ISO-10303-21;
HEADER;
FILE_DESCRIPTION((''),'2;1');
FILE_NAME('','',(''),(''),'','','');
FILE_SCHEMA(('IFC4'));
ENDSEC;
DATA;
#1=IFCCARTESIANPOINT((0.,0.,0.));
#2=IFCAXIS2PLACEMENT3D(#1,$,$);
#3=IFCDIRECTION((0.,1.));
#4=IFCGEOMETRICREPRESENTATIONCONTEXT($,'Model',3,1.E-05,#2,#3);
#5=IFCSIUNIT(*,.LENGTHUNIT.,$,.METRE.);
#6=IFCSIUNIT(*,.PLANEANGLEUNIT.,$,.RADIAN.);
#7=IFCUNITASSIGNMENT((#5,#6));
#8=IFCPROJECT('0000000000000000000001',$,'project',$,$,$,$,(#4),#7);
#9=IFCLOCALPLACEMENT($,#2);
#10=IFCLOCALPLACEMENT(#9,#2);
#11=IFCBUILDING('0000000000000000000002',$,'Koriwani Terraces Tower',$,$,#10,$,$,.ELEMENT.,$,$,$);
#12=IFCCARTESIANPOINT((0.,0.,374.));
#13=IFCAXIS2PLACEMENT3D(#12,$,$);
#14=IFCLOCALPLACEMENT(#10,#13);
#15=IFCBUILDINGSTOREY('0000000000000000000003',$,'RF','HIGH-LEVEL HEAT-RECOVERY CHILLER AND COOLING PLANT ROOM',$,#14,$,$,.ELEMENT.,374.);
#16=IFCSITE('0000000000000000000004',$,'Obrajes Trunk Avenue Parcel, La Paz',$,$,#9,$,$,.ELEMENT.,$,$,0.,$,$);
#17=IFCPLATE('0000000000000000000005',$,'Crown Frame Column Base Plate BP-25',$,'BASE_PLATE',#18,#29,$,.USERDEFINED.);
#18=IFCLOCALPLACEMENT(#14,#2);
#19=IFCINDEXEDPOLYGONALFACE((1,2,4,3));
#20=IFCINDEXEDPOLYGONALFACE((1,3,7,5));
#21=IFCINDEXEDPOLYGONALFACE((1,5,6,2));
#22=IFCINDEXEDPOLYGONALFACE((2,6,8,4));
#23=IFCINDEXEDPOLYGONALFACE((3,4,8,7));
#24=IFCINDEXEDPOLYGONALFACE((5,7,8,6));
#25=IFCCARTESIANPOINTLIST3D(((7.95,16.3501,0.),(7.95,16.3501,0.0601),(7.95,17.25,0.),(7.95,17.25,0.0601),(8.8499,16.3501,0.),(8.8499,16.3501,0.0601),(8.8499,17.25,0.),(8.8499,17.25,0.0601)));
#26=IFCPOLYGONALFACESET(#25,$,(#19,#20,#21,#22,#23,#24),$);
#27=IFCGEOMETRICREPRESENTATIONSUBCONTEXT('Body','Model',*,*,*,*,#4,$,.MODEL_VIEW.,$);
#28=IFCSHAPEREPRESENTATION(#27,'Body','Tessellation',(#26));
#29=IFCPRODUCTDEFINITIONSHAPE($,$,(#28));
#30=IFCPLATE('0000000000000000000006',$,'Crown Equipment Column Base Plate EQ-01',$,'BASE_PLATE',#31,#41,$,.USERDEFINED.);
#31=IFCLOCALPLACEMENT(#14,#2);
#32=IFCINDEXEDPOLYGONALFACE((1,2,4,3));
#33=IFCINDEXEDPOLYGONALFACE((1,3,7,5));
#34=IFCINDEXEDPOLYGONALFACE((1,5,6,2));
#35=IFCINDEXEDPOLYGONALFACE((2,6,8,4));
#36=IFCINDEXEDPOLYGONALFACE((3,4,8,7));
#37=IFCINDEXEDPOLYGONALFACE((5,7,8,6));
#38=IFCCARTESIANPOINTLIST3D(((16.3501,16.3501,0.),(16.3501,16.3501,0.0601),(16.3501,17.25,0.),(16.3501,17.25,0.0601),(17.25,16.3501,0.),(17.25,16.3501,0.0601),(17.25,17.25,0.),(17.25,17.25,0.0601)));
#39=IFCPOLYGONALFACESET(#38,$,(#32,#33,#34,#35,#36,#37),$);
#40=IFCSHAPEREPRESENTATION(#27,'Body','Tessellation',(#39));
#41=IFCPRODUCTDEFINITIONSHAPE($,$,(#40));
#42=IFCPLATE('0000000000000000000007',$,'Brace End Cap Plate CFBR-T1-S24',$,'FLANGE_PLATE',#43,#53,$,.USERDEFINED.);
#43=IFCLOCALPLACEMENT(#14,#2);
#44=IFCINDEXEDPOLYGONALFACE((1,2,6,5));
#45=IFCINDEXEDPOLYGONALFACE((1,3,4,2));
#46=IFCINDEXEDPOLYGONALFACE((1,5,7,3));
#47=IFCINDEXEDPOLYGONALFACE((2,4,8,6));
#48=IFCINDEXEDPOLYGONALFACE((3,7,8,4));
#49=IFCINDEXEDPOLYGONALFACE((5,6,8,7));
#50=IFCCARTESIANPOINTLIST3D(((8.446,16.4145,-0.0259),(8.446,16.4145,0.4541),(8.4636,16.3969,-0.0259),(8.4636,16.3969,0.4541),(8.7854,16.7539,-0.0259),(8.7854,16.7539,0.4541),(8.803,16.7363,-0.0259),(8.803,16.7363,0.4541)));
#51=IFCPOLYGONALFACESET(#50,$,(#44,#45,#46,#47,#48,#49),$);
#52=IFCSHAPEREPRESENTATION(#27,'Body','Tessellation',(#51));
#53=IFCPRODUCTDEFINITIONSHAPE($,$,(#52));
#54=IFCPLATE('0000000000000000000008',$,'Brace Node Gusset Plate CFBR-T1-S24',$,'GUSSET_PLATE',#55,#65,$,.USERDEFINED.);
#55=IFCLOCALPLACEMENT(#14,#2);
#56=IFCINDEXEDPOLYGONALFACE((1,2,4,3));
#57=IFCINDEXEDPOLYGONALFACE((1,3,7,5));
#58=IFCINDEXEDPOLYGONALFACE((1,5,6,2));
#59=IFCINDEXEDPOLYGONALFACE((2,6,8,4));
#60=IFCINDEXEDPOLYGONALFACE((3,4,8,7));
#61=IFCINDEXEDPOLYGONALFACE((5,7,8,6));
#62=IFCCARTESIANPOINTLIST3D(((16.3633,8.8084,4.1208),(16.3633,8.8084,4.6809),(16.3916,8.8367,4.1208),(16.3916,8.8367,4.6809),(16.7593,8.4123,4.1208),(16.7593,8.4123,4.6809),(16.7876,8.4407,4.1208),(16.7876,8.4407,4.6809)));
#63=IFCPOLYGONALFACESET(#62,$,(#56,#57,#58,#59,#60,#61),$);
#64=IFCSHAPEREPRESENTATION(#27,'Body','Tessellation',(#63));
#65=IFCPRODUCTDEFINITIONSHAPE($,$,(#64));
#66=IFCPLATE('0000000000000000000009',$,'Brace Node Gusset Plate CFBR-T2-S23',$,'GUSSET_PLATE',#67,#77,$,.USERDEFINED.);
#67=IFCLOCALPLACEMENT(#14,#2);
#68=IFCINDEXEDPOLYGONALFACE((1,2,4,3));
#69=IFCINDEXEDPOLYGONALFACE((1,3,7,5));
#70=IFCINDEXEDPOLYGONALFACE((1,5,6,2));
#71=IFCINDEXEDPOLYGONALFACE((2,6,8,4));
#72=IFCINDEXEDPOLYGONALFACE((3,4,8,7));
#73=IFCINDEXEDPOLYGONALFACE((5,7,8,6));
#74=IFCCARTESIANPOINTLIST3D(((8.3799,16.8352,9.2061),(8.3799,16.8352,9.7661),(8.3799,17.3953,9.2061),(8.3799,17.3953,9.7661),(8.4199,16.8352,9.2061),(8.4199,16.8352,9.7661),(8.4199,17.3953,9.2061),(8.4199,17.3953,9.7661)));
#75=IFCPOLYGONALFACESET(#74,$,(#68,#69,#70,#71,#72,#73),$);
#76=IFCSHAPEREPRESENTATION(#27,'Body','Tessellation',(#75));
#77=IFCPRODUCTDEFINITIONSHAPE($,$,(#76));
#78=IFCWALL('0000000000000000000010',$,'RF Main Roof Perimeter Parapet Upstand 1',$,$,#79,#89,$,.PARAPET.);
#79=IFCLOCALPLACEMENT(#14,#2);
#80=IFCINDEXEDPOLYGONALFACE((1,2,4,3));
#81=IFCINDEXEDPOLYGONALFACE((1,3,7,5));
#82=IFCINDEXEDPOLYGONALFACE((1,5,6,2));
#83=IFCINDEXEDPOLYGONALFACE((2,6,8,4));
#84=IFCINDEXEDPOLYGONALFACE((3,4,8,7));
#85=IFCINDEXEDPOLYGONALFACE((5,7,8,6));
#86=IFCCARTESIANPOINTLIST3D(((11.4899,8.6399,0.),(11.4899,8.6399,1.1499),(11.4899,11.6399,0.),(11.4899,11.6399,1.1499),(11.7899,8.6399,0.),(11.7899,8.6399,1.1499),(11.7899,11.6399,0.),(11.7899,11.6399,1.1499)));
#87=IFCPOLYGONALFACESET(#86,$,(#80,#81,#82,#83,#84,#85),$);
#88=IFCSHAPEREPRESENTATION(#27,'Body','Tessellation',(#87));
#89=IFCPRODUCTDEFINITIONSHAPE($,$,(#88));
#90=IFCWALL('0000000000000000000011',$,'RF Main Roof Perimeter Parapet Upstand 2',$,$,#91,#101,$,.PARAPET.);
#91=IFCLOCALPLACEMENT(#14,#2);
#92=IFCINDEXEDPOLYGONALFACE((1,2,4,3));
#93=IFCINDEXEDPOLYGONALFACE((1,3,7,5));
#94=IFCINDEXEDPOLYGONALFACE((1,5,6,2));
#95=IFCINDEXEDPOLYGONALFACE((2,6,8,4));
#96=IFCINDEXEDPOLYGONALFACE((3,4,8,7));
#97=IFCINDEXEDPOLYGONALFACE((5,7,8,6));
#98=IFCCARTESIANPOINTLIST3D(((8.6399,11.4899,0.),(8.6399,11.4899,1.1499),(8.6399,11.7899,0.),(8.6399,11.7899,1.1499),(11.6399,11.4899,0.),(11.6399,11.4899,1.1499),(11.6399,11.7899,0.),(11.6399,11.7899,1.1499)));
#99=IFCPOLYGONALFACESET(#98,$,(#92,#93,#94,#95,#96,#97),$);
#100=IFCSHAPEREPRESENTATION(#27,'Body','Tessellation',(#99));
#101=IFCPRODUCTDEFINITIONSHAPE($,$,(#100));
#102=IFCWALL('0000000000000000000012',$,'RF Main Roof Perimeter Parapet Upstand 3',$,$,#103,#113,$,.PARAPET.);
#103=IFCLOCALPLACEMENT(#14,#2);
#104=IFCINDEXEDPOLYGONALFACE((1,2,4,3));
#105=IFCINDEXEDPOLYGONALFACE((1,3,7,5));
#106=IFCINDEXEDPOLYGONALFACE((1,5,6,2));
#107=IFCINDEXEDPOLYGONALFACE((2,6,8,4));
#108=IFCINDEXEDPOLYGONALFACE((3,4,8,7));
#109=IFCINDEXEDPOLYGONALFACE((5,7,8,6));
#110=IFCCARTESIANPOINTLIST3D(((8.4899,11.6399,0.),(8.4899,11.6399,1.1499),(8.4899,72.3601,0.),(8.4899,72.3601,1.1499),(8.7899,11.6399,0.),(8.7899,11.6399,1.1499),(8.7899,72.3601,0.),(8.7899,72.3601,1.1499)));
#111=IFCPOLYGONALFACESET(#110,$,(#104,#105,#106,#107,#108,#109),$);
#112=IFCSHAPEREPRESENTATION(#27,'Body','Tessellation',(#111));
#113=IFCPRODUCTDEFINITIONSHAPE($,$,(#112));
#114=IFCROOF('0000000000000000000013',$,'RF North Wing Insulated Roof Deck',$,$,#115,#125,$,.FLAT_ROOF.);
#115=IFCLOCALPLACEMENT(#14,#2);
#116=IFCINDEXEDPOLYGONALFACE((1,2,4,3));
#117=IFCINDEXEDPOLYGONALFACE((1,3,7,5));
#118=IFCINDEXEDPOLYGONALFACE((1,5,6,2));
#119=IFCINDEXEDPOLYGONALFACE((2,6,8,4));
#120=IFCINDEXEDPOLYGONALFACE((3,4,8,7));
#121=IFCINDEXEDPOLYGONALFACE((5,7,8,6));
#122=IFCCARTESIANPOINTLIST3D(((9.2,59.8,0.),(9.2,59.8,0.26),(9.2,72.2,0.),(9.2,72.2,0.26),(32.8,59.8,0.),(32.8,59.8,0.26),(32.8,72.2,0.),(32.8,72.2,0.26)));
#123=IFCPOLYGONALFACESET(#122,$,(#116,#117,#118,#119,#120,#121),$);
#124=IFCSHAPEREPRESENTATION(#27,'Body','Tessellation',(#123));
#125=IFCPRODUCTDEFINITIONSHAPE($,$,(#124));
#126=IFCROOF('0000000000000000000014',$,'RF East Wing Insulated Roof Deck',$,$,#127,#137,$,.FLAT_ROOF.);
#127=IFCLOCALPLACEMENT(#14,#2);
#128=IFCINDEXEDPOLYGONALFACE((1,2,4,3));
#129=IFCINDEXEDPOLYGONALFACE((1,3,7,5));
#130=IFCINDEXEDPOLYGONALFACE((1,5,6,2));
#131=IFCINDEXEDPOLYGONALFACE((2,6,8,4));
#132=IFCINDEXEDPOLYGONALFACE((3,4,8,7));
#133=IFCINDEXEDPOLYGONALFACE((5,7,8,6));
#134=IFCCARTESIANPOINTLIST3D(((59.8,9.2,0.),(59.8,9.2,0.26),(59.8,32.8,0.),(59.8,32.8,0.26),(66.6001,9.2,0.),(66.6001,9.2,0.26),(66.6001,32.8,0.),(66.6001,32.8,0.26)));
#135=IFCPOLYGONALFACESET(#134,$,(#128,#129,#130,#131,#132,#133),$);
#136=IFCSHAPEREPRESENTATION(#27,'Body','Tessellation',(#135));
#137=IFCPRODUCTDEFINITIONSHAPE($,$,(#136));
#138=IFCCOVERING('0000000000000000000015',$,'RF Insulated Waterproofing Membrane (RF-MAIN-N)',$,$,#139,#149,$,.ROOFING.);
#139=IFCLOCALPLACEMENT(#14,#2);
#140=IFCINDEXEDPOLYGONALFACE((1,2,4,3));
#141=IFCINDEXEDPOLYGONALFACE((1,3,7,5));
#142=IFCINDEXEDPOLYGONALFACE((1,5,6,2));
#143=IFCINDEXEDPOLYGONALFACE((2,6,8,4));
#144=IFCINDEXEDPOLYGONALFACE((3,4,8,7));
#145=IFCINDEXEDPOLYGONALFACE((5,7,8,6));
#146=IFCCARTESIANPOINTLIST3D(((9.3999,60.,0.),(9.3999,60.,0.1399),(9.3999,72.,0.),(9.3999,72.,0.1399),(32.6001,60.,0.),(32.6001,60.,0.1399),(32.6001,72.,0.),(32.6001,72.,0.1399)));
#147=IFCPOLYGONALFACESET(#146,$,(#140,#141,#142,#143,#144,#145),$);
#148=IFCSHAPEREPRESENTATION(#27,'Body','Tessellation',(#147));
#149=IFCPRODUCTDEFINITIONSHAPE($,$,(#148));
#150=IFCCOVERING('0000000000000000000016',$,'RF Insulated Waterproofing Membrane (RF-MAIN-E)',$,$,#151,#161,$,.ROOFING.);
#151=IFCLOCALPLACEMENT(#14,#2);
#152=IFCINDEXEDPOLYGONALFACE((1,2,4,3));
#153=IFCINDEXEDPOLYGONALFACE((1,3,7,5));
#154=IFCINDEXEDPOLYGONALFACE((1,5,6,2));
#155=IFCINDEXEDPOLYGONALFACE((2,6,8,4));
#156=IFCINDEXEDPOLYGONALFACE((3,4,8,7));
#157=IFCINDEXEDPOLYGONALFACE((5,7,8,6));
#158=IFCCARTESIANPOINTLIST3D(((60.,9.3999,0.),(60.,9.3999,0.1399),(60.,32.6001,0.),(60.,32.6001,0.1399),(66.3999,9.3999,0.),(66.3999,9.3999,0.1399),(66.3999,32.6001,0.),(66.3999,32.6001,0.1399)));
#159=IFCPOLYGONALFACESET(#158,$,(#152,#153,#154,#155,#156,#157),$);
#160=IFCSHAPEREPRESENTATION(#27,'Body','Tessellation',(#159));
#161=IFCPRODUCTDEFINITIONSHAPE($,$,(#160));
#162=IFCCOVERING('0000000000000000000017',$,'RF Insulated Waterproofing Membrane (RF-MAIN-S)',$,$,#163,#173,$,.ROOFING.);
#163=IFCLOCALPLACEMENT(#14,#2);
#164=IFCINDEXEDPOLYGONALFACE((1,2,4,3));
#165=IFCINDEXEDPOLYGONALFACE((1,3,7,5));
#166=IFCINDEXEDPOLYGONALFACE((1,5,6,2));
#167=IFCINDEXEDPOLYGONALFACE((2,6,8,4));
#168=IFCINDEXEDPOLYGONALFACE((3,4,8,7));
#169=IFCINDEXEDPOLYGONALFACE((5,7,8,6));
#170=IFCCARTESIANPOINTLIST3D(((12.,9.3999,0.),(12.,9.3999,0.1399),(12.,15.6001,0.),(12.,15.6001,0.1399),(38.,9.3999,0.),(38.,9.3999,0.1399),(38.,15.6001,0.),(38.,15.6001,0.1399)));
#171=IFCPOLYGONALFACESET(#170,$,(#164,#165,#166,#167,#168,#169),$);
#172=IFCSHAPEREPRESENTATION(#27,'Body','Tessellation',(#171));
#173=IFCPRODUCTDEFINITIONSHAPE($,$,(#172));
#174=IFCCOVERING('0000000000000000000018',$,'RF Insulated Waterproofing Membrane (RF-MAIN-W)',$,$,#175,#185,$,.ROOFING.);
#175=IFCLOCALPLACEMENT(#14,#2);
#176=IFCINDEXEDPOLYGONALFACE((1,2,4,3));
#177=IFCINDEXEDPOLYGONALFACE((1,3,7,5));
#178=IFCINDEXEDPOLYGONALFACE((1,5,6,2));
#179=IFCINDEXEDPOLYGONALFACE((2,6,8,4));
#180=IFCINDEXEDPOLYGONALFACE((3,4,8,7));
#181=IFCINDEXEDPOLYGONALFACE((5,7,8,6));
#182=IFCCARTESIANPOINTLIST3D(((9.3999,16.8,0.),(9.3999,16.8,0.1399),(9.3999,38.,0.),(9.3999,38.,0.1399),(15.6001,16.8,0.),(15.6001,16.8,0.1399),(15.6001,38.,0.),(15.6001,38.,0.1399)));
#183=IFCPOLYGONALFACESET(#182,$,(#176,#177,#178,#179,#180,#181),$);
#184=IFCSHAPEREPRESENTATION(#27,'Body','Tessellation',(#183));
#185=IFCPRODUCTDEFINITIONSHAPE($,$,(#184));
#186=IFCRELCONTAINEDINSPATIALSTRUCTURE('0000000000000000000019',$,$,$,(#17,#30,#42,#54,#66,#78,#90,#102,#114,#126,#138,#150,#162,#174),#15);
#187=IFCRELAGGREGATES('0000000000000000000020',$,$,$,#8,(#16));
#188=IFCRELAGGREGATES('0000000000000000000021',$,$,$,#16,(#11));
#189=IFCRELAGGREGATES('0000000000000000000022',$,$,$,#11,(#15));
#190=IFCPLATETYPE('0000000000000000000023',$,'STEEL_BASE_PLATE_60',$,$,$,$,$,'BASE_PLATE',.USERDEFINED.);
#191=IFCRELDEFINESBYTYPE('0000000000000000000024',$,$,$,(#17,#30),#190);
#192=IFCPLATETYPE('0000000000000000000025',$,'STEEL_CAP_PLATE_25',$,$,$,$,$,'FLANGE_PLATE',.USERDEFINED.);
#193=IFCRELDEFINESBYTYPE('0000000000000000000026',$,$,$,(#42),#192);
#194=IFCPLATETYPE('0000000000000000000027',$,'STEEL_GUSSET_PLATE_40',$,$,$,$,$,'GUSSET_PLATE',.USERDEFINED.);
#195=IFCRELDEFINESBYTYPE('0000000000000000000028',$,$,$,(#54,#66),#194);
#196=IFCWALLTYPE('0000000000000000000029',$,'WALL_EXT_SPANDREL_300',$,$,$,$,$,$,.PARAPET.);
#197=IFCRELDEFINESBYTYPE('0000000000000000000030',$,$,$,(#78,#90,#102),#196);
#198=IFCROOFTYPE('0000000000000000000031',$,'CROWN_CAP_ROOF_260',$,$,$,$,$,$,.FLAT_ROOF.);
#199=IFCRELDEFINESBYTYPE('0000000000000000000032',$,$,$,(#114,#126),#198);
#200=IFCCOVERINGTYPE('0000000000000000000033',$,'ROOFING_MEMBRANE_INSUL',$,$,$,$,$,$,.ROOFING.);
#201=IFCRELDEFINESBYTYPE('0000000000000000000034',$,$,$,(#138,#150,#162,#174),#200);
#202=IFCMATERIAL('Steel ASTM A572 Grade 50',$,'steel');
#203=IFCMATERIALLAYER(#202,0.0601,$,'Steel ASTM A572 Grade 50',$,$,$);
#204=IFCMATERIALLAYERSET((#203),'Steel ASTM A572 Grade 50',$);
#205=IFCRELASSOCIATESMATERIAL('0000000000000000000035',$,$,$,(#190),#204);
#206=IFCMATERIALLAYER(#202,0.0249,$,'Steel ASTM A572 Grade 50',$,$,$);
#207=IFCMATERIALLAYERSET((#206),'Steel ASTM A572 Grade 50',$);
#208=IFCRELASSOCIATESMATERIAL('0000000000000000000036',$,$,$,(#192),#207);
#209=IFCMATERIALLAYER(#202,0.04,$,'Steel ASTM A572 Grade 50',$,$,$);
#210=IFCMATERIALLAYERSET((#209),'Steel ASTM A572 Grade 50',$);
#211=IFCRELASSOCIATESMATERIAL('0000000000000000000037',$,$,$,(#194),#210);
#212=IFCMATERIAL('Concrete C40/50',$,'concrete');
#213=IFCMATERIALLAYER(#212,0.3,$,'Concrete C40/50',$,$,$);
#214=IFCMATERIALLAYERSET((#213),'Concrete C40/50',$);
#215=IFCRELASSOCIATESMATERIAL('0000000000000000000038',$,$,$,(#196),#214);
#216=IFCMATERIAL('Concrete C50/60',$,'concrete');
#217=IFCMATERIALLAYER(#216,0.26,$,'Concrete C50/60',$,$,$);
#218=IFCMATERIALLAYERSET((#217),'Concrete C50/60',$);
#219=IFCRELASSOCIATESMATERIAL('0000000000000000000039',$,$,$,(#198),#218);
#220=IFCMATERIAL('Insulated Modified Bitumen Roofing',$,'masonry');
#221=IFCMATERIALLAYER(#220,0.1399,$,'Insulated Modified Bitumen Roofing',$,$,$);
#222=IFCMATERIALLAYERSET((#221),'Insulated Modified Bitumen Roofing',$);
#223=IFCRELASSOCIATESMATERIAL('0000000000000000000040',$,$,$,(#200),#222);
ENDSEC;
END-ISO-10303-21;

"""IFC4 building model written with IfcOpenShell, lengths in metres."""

from ifc_helpers import new_model, si_unit, direction, frame, frame_2d, origin, origin_2d, place, context, subcontext, project, spatial, polyline, rectangle, outline, extrude, material, layer, layer_set, type_object, element, save


model = new_model("IFC4")

# Units and contexts
model_context = context("Model", 3, precision=1e-05, world=origin(), true_north=direction((0.0, 1.0)))
body_context = subcontext(model_context, "Body", "Model", "MODEL_VIEW")
ifc_project = project(units=[si_unit("LENGTHUNIT", "METRE"), si_unit("PLANEANGLEUNIT", "RADIAN")], contexts=[model_context])

# Site, building, storey
site_placement = place(None, origin())
site = spatial("IfcSite", under=ifc_project, at=site_placement, Name="Obrajes Trunk Avenue Parcel, La Paz", CompositionType="ELEMENT", RefElevation=0.0)
building_placement = place(site_placement, origin())
building = spatial("IfcBuilding", under=site, at=building_placement, Name="Koriwani Terraces Tower", CompositionType="ELEMENT")
storey_placement = place(building_placement, frame((0.0, 0.0, 374.0)))
storey = spatial("IfcBuildingStorey", under=building, at=storey_placement, Name="RF", Description="HIGH-LEVEL HEAT-RECOVERY CHILLER AND COOLING PLANT ROOM", CompositionType="ELEMENT", Elevation=374.0)

# Shared definitions
ifc_material_1 = material(Name="Steel ASTM A572 Grade 50", Category="steel")

# Shared definitions
ifc_material_2 = material(Name="Concrete C40/50", Category="concrete")

# Shared definitions
ifc_material_3 = material(Name="Concrete C50/60", Category="concrete")

# Plates
ifc_layer_1 = layer(ifc_material_1, 0.0601, Name="Steel ASTM A572 Grade 50")
ifc_layer_set_1 = layer_set([ifc_layer_1], Name="Steel ASTM A572 Grade 50")
plate_type_1 = type_object("IfcPlateType", Name="STEEL_BASE_PLATE_60", ElementType="BASE_PLATE", PredefinedType="USERDEFINED", material=ifc_layer_set_1)
for number, where, z_axis, x_axis, name in (
    (1, (8.3999, 16.8, 0.0), (0.0, 0.0, 1.0), (1.0, 0.0, 0.0), "Crown Frame Column Base Plate BP-25"),
    (2, (16.8, 16.8, 0.0), (0.0, 0.0, 1.0), (1.0, 0.0, 0.0), "Crown Equipment Column Base Plate EQ-01"),
):
    element("IfcPlate", number, at=place(storey_placement, frame(where, z_axis=z_axis, x_axis=x_axis)), inside=storey, type_object=plate_type_1, Name=name, ObjectType="BASE_PLATE", PredefinedType="USERDEFINED", context=body_context, shape_type="SweptSolid", body=[
        extrude(rectangle(XDim=0.8999, YDim=0.8999, at=origin_2d()), origin(), (0.0, 0.0, 1.0), 0.0601),
    ])
ifc_layer_2 = layer(ifc_material_1, 0.0249, Name="Steel ASTM A572 Grade 50")
ifc_layer_set_2 = layer_set([ifc_layer_2], Name="Steel ASTM A572 Grade 50")
plate_type_2 = type_object("IfcPlateType", Name="STEEL_CAP_PLATE_25", ElementType="FLANGE_PLATE", PredefinedType="USERDEFINED", material=ifc_layer_set_2)
plate_placement = place(storey_placement, frame((8.6245, 16.5754, -0.0259), z_axis=(0.0, 0.0, 1.0), x_axis=(0.707107, -0.707107, 0.0)))
element("IfcPlate", 3, at=plate_placement, inside=storey, type_object=plate_type_2, Name="Brace End Cap Plate CFBR-T1-S24", ObjectType="FLANGE_PLATE", PredefinedType="USERDEFINED", context=body_context, shape_type="SweptSolid", body=[
    extrude(rectangle(XDim=0.0249, YDim=0.48, at=origin_2d()), origin(), (0.0, 0.0, 1.0), 0.48),
])
ifc_layer_3 = layer(ifc_material_1, 0.04, Name="Steel ASTM A572 Grade 50")
ifc_layer_set_3 = layer_set([ifc_layer_3], Name="Steel ASTM A572 Grade 50")
plate_type_3 = type_object("IfcPlateType", Name="STEEL_GUSSET_PLATE_40", ElementType="GUSSET_PLATE", PredefinedType="USERDEFINED", material=ifc_layer_set_3)
for number, where, z_axis, x_axis, name in (
    (4, (16.5754, 8.6245, 4.1208), (0.0, 0.0, 1.0), (0.707107, -0.707107, 0.0), "Brace Node Gusset Plate CFBR-T1-S24"),
    (5, (8.3999, 17.1152, 9.2061), (0.0, 0.0, 1.0), (0.0, -1.0, 0.0), "Brace Node Gusset Plate CFBR-T2-S23"),
):
    element("IfcPlate", number, at=place(storey_placement, frame(where, z_axis=z_axis, x_axis=x_axis)), inside=storey, type_object=plate_type_3, Name=name, ObjectType="GUSSET_PLATE", PredefinedType="USERDEFINED", context=body_context, shape_type="SweptSolid", body=[
        extrude(rectangle(XDim=0.5601, YDim=0.04, at=origin_2d()), origin(), (0.0, 0.0, 1.0), 0.5601),
    ])

# Walls
ifc_layer_4 = layer(ifc_material_2, 0.3, Name="Concrete C40/50")
ifc_layer_set_4 = layer_set([ifc_layer_4], Name="Concrete C40/50")
wall_type = type_object("IfcWallType", Name="WALL_EXT_SPANDREL_300", PredefinedType="PARAPET", material=ifc_layer_set_4)
for number, where, z_axis, x_axis, name in (
    (6, (11.6399, 8.6399, 0.0), (0.0, 0.0, 1.0), (0.0, 1.0, 0.0), "RF Main Roof Perimeter Parapet Upstand 1"),
    (7, (11.6399, 11.6399, 0.0), (0.0, 0.0, 1.0), (-1.0, 0.0, 0.0), "RF Main Roof Perimeter Parapet Upstand 2"),
):
    element("IfcWall", number, at=place(storey_placement, frame(where, z_axis=z_axis, x_axis=x_axis)), inside=storey, type_object=wall_type, Name=name, PredefinedType="PARAPET", context=body_context, shape_type="SweptSolid", body=[
        extrude(rectangle(XDim=3.0, YDim=0.3, at=frame_2d((1.5, 0.0))), origin(), (0.0, 0.0, 1.0), 1.1499),
    ])
wall_placement = place(storey_placement, frame((8.6399, 11.6399, 0.0), z_axis=(0.0, 0.0, 1.0), x_axis=(0.0, 1.0, 0.0)))
element("IfcWall", 8, at=wall_placement, inside=storey, type_object=wall_type, Name="RF Main Roof Perimeter Parapet Upstand 3", PredefinedType="PARAPET", context=body_context, shape_type="SweptSolid", body=[
    extrude(rectangle(XDim=60.7202, YDim=0.3, at=frame_2d((30.3601, 0.0))), origin(), (0.0, 0.0, 1.0), 1.1499),
])

# Roofs
ifc_layer_5 = layer(ifc_material_3, 0.26, Name="Concrete C50/60")
ifc_layer_set_5 = layer_set([ifc_layer_5], Name="Concrete C50/60")
roof_type = type_object("IfcRoofType", Name="CROWN_CAP_ROOF_260", PredefinedType="FLAT_ROOF", material=ifc_layer_set_5)
roof_1_placement = place(storey_placement, origin())
element("IfcRoof", 9, at=roof_1_placement, inside=storey, type_object=roof_type, Name="RF North Wing Insulated Roof Deck", PredefinedType="FLAT_ROOF", context=body_context, shape_type="SweptSolid", body=[
    extrude(outline(polyline([(9.2, 59.8), (32.8, 59.8), (32.8, 72.2), (9.2, 72.2), (9.2, 59.8)])), origin(), (0.0, 0.0, 1.0), 0.26),
])
roof_2_placement = place(storey_placement, origin())
element("IfcRoof", 10, at=roof_2_placement, inside=storey, type_object=roof_type, Name="RF East Wing Insulated Roof Deck", PredefinedType="FLAT_ROOF", context=body_context, shape_type="SweptSolid", body=[
    extrude(outline(polyline([(59.8, 9.2), (66.6001, 9.2), (66.6001, 32.8), (59.8, 32.8), (59.8, 9.2)])), origin(), (0.0, 0.0, 1.0), 0.26),
])

# Coverings
ifc_material_4 = material(Name="Insulated Modified Bitumen Roofing", Category="masonry")
ifc_layer_6 = layer(ifc_material_4, 0.1399, Name="Insulated Modified Bitumen Roofing")
ifc_layer_set_6 = layer_set([ifc_layer_6], Name="Insulated Modified Bitumen Roofing")
covering_type = type_object("IfcCoveringType", Name="ROOFING_MEMBRANE_INSUL", PredefinedType="ROOFING", material=ifc_layer_set_6)
covering_1_placement = place(storey_placement, origin())
element("IfcCovering", 11, at=covering_1_placement, inside=storey, type_object=covering_type, Name="RF Insulated Waterproofing Membrane (RF-MAIN-N)", PredefinedType="ROOFING", context=body_context, shape_type="SweptSolid", body=[
    extrude(outline(polyline([(9.3999, 60.0), (32.6001, 60.0), (32.6001, 72.0), (9.3999, 72.0), (9.3999, 60.0)])), origin(), (0.0, 0.0, 1.0), 0.1399),
])
covering_2_placement = place(storey_placement, origin())
element("IfcCovering", 12, at=covering_2_placement, inside=storey, type_object=covering_type, Name="RF Insulated Waterproofing Membrane (RF-MAIN-E)", PredefinedType="ROOFING", context=body_context, shape_type="SweptSolid", body=[
    extrude(outline(polyline([(60.0, 9.3999), (66.3999, 9.3999), (66.3999, 32.6001), (60.0, 32.6001), (60.0, 9.3999)])), origin(), (0.0, 0.0, 1.0), 0.1399),
])
covering_3_placement = place(storey_placement, origin())
element("IfcCovering", 13, at=covering_3_placement, inside=storey, type_object=covering_type, Name="RF Insulated Waterproofing Membrane (RF-MAIN-S)", PredefinedType="ROOFING", context=body_context, shape_type="SweptSolid", body=[
    extrude(outline(polyline([(12.0, 9.3999), (38.0, 9.3999), (38.0, 15.6001), (12.0, 15.6001), (12.0, 9.3999)])), origin(), (0.0, 0.0, 1.0), 0.1399),
])
covering_4_placement = place(storey_placement, origin())
element("IfcCovering", 14, at=covering_4_placement, inside=storey, type_object=covering_type, Name="RF Insulated Waterproofing Membrane (RF-MAIN-W)", PredefinedType="ROOFING", context=body_context, shape_type="SweptSolid", body=[
    extrude(outline(polyline([(9.3999, 16.8), (15.6001, 16.8), (15.6001, 38.0), (9.3999, 38.0), (9.3999, 16.8)])), origin(), (0.0, 0.0, 1.0), 0.1399),
])

save(model, "model.ifc")
